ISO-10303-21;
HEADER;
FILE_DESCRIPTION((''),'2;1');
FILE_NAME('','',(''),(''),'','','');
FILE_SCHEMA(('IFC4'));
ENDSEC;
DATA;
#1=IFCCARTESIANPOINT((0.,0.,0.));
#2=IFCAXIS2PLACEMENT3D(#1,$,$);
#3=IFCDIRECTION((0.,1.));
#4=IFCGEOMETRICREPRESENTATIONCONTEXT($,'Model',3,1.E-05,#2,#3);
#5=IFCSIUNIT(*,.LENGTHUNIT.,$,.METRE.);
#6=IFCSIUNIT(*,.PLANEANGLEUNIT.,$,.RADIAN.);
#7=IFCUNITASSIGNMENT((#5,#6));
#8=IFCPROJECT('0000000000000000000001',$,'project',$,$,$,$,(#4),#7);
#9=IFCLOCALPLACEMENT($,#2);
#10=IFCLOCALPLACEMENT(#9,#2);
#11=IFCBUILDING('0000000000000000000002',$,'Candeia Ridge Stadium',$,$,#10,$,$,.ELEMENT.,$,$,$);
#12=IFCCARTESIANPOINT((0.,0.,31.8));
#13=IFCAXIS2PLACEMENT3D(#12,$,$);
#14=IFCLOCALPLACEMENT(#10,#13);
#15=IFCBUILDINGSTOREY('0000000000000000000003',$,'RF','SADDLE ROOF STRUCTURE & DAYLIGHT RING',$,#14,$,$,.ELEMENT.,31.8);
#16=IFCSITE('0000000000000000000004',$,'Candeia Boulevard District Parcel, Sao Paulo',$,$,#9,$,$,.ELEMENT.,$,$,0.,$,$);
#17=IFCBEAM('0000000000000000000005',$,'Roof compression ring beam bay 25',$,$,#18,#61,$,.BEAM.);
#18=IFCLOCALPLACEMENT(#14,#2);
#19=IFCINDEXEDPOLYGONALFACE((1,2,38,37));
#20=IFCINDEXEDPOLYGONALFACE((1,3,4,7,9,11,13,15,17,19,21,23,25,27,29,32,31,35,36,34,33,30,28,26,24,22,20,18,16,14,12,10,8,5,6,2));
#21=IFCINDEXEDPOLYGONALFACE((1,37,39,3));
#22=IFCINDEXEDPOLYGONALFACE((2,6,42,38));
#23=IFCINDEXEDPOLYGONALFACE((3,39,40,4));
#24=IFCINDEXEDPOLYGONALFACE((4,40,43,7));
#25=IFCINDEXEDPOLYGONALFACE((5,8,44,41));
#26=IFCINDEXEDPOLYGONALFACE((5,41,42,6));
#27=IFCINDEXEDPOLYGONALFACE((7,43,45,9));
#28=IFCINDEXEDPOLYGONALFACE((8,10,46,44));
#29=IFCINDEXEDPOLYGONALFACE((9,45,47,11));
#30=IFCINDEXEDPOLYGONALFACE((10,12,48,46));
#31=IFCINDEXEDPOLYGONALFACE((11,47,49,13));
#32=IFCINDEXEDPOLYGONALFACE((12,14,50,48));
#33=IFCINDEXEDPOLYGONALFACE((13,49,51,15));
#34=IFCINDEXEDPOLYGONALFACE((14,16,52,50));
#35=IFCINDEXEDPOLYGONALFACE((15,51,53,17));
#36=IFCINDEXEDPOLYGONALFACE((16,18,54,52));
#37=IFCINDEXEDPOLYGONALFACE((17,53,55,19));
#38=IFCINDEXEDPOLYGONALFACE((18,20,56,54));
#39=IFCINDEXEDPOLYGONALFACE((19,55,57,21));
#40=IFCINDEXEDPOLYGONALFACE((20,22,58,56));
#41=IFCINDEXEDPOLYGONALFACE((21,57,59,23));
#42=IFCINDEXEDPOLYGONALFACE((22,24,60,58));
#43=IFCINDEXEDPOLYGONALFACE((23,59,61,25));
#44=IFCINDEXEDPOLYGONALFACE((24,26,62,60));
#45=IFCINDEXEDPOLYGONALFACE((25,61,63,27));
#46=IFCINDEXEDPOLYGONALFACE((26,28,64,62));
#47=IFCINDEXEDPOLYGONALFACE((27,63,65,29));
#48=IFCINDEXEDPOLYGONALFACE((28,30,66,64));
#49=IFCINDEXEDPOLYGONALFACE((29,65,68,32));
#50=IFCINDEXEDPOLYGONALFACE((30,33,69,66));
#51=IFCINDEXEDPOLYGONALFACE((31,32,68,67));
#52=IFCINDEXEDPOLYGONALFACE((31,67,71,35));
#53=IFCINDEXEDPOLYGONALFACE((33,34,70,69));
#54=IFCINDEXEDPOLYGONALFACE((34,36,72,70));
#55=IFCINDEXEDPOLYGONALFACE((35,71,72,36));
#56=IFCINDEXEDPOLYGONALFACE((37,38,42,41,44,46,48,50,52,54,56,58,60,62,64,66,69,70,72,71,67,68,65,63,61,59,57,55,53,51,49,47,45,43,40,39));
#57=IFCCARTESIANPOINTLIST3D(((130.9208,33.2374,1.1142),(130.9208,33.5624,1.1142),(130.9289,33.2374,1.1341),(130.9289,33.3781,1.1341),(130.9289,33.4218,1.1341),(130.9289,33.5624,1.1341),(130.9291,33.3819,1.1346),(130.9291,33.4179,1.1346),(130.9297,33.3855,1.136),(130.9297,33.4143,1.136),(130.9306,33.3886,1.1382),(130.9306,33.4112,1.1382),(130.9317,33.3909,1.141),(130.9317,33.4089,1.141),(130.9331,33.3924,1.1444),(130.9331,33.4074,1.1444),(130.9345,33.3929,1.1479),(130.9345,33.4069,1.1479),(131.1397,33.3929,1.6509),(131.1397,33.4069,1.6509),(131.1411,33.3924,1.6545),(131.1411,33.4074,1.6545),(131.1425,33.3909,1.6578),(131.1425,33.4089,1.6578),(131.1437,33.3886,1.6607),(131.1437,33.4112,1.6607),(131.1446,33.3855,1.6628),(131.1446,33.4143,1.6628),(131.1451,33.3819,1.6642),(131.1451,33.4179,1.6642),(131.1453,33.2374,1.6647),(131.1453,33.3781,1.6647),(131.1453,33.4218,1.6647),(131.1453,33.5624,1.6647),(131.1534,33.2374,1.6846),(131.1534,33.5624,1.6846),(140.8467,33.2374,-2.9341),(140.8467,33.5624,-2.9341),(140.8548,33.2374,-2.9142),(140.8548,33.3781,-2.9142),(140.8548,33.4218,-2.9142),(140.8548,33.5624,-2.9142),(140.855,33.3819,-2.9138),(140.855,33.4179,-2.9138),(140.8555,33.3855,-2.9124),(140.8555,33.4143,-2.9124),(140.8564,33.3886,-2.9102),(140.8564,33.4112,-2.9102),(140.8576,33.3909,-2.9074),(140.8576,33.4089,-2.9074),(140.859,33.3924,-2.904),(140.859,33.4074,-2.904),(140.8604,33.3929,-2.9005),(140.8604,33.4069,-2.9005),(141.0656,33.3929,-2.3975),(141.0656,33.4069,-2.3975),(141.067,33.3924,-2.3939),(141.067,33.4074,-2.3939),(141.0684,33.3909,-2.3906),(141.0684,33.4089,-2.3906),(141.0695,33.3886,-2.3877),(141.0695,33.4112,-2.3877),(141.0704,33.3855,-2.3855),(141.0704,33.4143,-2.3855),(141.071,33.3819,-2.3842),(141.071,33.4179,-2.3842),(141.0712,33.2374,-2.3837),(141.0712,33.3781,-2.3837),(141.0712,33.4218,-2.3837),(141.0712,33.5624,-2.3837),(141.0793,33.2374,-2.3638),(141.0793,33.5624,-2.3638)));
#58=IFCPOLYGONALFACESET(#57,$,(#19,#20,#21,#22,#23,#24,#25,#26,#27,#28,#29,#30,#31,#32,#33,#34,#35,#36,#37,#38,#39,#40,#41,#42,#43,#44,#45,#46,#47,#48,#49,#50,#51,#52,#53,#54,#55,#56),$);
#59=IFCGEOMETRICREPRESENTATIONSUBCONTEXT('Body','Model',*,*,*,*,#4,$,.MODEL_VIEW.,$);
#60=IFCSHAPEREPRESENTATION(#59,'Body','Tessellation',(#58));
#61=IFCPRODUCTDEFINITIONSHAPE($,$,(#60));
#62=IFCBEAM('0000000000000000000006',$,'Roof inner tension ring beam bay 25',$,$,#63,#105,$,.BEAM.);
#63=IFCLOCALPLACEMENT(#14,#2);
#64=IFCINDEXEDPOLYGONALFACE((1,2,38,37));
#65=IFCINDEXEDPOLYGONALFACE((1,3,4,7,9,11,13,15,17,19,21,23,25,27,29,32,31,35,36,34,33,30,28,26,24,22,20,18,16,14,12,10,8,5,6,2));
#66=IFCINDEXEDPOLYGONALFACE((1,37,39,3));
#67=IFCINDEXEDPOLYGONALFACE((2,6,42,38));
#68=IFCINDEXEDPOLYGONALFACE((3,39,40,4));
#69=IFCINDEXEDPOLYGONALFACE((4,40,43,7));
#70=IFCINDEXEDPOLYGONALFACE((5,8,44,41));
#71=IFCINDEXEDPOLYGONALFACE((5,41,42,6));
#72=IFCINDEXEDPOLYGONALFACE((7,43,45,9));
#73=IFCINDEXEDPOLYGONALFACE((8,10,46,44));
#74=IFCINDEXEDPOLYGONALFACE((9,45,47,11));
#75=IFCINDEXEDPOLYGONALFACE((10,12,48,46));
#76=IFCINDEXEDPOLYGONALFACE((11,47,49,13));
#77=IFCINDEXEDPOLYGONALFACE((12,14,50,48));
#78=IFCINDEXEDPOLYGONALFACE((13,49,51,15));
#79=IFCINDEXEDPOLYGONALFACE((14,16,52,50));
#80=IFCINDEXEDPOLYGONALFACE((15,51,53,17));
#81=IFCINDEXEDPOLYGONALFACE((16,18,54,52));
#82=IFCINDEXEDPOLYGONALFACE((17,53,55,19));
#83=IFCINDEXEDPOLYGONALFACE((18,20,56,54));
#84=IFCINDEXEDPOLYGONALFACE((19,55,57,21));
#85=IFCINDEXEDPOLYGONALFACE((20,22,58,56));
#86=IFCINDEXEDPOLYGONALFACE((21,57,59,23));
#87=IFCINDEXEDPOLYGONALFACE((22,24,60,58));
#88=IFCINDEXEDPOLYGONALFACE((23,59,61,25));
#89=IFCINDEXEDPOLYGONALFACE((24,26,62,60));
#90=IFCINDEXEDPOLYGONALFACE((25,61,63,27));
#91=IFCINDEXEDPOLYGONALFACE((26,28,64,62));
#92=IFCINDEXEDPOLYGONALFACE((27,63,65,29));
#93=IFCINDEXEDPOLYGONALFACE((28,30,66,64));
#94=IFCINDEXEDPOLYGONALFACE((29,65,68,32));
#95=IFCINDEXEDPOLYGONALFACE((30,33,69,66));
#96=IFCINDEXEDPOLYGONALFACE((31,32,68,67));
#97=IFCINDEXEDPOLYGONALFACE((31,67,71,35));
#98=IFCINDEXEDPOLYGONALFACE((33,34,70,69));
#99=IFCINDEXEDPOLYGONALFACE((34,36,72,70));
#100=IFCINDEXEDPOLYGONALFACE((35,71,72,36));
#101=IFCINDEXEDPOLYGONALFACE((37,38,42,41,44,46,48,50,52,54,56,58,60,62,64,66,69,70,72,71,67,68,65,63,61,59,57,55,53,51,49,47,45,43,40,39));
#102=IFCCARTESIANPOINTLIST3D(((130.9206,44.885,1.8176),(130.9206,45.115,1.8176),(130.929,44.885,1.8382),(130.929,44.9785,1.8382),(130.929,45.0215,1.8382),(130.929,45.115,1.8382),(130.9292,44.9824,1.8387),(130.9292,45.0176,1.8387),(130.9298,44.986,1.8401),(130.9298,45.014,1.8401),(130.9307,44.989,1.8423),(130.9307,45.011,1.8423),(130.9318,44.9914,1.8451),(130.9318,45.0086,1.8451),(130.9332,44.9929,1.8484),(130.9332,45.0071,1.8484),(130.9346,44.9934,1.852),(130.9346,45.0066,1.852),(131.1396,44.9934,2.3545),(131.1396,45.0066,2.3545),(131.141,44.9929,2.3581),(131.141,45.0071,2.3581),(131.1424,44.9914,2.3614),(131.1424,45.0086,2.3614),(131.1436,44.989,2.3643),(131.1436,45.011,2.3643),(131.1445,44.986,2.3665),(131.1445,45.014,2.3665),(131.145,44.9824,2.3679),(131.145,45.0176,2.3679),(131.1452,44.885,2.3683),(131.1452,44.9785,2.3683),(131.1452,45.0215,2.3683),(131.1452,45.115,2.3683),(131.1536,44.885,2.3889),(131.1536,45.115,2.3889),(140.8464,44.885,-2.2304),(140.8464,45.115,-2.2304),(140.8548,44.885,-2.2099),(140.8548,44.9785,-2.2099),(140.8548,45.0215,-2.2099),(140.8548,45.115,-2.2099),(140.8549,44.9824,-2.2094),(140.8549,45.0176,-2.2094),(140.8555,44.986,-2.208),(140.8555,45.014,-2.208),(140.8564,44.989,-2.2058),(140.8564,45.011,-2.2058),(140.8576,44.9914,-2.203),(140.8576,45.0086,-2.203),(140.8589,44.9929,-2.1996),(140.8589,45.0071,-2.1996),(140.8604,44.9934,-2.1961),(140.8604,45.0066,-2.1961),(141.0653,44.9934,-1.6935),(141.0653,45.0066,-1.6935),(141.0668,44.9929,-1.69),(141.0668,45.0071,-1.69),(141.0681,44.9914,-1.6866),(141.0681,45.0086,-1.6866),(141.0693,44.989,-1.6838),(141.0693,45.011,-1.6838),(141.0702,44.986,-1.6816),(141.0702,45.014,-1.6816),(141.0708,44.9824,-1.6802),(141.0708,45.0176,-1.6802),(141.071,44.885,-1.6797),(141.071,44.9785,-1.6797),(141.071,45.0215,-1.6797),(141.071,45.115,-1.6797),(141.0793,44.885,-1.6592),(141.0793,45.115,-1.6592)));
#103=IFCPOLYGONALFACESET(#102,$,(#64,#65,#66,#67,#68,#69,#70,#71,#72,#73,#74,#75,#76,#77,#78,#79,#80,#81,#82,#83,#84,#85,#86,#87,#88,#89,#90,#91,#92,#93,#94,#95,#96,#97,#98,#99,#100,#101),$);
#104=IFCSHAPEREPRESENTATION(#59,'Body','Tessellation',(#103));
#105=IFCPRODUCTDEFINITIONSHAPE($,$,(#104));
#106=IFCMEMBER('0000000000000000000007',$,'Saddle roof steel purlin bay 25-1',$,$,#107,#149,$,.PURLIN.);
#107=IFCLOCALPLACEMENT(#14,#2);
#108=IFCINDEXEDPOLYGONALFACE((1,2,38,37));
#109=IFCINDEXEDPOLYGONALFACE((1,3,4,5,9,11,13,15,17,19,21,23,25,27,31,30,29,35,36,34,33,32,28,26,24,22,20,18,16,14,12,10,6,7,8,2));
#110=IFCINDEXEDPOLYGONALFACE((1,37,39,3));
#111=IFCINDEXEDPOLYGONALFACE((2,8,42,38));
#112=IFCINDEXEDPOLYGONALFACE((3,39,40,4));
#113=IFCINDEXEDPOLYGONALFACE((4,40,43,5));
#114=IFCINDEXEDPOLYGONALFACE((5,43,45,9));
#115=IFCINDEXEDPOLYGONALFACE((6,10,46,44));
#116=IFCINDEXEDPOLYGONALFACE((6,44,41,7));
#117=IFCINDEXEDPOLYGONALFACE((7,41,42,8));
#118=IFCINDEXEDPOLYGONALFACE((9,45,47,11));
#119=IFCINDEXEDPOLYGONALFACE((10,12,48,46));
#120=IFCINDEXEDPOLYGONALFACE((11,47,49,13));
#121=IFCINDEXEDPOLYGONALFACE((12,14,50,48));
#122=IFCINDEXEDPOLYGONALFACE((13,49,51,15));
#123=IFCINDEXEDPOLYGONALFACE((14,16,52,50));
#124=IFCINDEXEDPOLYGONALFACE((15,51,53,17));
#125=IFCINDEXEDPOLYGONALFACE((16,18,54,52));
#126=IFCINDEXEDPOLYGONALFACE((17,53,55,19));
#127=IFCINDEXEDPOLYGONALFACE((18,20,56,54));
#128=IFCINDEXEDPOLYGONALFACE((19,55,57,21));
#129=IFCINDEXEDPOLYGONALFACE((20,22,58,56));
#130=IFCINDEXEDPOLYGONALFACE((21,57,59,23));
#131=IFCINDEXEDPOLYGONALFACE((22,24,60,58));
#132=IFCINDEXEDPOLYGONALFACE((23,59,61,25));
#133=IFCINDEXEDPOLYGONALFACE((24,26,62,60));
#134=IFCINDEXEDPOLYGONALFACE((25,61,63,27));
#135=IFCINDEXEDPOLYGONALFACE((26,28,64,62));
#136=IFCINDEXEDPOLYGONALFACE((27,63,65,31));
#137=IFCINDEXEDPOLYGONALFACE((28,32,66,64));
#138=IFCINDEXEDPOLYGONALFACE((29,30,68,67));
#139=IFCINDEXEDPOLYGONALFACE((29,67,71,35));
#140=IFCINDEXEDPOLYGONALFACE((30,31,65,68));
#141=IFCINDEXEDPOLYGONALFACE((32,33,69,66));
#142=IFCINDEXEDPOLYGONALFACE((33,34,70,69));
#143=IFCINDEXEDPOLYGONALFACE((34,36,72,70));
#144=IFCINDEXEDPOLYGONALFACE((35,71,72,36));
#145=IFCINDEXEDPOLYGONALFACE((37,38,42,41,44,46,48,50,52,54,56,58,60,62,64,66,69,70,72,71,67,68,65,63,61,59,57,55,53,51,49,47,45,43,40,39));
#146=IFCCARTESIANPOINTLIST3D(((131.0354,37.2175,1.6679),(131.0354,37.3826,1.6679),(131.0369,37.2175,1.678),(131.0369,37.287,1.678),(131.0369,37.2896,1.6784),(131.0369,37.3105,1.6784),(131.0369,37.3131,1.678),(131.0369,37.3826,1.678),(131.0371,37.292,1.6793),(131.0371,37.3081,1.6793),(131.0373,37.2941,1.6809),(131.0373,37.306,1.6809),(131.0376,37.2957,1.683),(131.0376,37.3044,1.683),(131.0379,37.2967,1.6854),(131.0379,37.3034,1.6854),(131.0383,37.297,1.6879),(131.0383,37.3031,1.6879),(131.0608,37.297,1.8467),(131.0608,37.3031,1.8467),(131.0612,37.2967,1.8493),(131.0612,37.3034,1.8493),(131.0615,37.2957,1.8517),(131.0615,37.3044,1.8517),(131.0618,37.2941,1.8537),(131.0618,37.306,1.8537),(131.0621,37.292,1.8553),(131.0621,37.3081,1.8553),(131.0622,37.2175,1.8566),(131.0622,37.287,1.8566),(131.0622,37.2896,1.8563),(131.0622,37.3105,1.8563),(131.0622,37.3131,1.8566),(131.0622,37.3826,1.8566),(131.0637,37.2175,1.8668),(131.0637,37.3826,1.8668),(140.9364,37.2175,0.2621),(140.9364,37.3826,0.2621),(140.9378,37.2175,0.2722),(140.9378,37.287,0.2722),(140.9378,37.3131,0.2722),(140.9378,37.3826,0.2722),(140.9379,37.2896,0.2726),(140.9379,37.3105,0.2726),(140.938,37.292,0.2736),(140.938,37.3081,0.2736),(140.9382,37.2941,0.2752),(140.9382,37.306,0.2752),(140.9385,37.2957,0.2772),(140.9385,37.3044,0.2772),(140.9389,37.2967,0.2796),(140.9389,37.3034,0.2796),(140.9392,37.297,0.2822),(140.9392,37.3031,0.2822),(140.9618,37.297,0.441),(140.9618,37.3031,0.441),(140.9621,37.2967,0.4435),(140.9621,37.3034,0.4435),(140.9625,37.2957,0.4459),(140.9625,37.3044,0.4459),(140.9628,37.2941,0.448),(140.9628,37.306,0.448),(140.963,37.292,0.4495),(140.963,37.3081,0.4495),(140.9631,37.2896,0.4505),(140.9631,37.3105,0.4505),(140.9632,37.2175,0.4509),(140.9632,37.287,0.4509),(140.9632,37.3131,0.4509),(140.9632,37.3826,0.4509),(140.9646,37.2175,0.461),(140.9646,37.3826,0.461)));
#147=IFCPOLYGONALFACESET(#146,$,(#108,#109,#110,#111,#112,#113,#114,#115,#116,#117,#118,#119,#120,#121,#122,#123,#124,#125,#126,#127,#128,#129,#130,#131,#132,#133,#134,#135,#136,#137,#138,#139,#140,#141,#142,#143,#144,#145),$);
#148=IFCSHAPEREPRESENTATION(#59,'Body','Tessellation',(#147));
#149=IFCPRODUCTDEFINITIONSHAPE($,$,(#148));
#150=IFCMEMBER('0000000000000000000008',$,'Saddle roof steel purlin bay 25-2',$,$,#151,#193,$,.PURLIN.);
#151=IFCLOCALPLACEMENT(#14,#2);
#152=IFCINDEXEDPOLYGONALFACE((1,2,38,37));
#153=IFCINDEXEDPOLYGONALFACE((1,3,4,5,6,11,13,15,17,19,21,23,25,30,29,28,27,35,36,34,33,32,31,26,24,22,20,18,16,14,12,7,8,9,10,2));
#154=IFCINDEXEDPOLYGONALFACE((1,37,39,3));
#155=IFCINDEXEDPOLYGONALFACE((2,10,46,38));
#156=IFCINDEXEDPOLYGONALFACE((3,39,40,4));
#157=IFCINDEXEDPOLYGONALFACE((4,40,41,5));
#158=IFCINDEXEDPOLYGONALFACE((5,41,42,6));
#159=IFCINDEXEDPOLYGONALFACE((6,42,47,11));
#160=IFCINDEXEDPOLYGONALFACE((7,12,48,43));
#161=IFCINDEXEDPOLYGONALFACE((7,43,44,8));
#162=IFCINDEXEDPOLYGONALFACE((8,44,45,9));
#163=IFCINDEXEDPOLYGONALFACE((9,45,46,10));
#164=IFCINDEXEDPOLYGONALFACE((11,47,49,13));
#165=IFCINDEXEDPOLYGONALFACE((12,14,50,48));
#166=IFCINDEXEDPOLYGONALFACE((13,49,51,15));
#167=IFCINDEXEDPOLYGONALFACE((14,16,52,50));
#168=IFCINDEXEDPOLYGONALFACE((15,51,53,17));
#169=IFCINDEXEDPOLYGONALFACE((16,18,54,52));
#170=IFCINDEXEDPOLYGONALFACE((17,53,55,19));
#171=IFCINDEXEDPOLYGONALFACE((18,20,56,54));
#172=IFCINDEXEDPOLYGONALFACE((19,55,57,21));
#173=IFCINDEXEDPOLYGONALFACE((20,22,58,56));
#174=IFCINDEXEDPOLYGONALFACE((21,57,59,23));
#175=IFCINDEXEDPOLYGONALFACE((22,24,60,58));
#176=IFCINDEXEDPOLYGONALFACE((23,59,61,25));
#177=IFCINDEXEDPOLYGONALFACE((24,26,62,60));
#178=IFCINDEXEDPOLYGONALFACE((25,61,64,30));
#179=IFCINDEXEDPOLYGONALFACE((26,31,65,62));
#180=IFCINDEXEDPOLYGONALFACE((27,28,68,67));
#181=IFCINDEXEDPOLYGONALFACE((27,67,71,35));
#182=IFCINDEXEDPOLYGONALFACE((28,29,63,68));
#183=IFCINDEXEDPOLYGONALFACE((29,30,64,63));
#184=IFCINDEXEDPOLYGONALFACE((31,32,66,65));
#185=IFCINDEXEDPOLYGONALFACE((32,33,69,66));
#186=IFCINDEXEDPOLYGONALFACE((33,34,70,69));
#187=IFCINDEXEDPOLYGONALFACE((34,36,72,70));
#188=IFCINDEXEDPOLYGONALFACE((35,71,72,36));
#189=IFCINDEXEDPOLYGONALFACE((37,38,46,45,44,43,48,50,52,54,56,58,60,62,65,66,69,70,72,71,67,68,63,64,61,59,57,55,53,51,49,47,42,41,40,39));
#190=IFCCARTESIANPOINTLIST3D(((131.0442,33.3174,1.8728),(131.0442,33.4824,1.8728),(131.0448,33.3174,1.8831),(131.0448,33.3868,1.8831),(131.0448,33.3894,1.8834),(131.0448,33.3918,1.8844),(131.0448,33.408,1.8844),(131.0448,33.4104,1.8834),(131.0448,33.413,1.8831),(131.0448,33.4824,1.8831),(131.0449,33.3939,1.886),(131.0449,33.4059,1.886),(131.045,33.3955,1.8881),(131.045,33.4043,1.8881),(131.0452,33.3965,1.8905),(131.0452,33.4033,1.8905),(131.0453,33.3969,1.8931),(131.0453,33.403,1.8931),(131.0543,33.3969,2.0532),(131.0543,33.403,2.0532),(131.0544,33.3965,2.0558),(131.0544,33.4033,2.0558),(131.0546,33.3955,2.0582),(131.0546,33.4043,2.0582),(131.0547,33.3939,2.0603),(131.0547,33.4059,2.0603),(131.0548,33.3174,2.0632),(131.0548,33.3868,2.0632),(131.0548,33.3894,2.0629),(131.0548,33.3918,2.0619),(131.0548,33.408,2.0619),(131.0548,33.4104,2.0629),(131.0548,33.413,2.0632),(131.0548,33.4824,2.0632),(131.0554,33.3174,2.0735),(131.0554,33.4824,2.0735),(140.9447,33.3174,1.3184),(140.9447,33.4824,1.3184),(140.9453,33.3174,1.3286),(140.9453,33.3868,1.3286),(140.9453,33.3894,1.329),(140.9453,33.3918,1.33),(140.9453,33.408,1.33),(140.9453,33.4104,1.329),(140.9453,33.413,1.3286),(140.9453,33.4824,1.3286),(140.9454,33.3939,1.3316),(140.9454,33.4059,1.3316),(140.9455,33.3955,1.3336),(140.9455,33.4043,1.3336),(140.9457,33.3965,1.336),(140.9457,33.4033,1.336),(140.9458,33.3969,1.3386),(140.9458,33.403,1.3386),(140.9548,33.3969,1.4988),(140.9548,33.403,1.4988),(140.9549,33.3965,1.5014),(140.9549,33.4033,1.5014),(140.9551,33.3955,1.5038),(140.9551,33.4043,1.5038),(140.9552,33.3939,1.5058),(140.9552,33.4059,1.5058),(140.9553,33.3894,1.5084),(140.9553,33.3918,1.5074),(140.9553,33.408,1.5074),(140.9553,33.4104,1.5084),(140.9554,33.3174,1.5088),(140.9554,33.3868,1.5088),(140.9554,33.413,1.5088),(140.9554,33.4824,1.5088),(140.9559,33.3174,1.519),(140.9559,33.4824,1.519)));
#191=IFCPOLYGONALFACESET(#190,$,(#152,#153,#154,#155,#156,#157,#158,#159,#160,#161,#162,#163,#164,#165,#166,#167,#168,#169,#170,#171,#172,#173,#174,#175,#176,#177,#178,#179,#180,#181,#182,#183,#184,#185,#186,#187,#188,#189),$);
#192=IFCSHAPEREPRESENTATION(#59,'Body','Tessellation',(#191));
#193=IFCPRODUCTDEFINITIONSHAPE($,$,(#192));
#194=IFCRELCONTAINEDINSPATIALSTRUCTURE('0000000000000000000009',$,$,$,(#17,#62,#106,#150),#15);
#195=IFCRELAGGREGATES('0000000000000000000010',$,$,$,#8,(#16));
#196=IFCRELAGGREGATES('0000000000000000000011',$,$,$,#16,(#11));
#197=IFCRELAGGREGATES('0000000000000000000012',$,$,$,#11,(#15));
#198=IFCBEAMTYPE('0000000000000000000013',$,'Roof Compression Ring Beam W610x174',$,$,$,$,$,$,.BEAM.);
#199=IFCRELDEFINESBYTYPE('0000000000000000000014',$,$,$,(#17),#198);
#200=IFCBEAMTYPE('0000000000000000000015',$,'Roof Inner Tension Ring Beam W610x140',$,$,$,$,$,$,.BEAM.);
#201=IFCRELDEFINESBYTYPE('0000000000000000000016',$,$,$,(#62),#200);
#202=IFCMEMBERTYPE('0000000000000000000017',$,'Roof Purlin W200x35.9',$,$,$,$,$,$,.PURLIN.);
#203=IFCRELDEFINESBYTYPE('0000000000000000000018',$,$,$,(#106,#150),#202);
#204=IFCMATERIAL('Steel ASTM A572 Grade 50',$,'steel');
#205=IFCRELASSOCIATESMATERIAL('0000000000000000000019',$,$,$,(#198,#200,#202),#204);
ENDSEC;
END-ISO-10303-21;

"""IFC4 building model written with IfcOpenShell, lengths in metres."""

from ifc_helpers import new_model, si_unit, direction, frame, origin, origin_2d, place, context, subcontext, project, spatial, i_section, extrude, material, material_profile, profile_set, type_object, element, save


model = new_model("IFC4")

# Units and contexts
model_context = context("Model", 3, precision=1e-05, world=origin(), true_north=direction((0.0, 1.0)))
body_context = subcontext(model_context, "Body", "Model", "MODEL_VIEW")
ifc_project = project(units=[si_unit("LENGTHUNIT", "METRE"), si_unit("PLANEANGLEUNIT", "RADIAN")], contexts=[model_context])

# Site, building, storey
site_placement = place(None, origin())
site = spatial("IfcSite", under=ifc_project, at=site_placement, Name="Candeia Boulevard District Parcel, Sao Paulo", CompositionType="ELEMENT", RefElevation=0.0)
building_placement = place(site_placement, origin())
building = spatial("IfcBuilding", under=site, at=building_placement, Name="Candeia Ridge Stadium", CompositionType="ELEMENT")
storey_placement = place(building_placement, frame((0.0, 0.0, 31.8)))
storey = spatial("IfcBuildingStorey", under=building, at=storey_placement, Name="RF", Description="SADDLE ROOF STRUCTURE & DAYLIGHT RING", CompositionType="ELEMENT", Elevation=31.8)

# Beams
ifc_material_1 = material(Name="Steel ASTM A572 Grade 50", Category="steel")
ifc_material_profile_1 = material_profile(ifc_material_1, i_section(OverallWidth=0.325, OverallDepth=0.616, WebThickness=0.0139, FlangeThickness=0.0215, FilletRadius=0.0149, at=origin_2d()), Name="W610x174", Category="steel")
ifc_profile_set_1 = profile_set([ifc_material_profile_1], Name="Steel ASTM A572 Grade 50")
beam_type_1 = type_object("IfcBeamType", Name="Roof Compression Ring Beam W610x174", PredefinedType="BEAM", material=ifc_profile_set_1)
beam_1_placement = place(storey_placement, frame((131.0371, 33.3999, 1.3994), z_axis=(0.925946, 0.0, -0.377657), x_axis=(0.0, 1.0, 0.0)))
element("IfcBeam", 1, at=beam_1_placement, inside=storey, type_object=beam_type_1, Name="Roof compression ring beam bay 25", PredefinedType="BEAM", context=body_context, shape_type="SweptSolid", body=[
    extrude(i_section(OverallWidth=0.325, OverallDepth=0.616, WebThickness=0.0139, FlangeThickness=0.0215, FilletRadius=0.0149, at=origin_2d()), origin(), (0.0, 0.0, 1.0), 10.7197),
])
ifc_material_profile_2 = material_profile(ifc_material_1, i_section(OverallWidth=0.23, OverallDepth=0.6169, WebThickness=0.0132, FlangeThickness=0.0222, FilletRadius=0.0149, at=origin_2d()), Name="W610x140", Category="steel")
ifc_profile_set_2 = profile_set([ifc_material_profile_2], Name="Steel ASTM A572 Grade 50")
beam_type_2 = type_object("IfcBeamType", Name="Roof Inner Tension Ring Beam W610x140", PredefinedType="BEAM", material=ifc_profile_set_2)
beam_2_placement = place(storey_placement, frame((131.0371, 45.0, 2.1033), z_axis=(0.925953, 0.0, -0.377638), x_axis=(0.0, 1.0, 0.0)))
element("IfcBeam", 2, at=beam_2_placement, inside=storey, type_object=beam_type_2, Name="Roof inner tension ring beam bay 25", PredefinedType="BEAM", context=body_context, shape_type="SweptSolid", body=[
    extrude(i_section(OverallWidth=0.23, OverallDepth=0.6169, WebThickness=0.0132, FlangeThickness=0.0222, FilletRadius=0.0149, at=origin_2d()), origin(), (0.0, 0.0, 1.0), 10.7195),
])

# Members
ifc_material_profile_3 = material_profile(ifc_material_1, i_section(OverallWidth=0.165, OverallDepth=0.2009, WebThickness=0.0061, FlangeThickness=0.0103, FilletRadius=0.01, at=origin_2d()), Name="W200x35.9", Category="steel")
ifc_profile_set_3 = profile_set([ifc_material_profile_3], Name="Steel ASTM A572 Grade 50")
member_type_1 = type_object("IfcMemberType", Name="Roof Purlin W200x35.9", PredefinedType="PURLIN", material=ifc_profile_set_3)
member_1_placement = place(storey_placement, frame((131.0496, 37.3, 1.7673), z_axis=(0.99007, 0.0, -0.140574), x_axis=(0.0, 1.0, 0.0)))
element("IfcMember", 3, at=member_1_placement, inside=storey, type_object=member_type_1, Name="Saddle roof steel purlin bay 25-1", PredefinedType="PURLIN", context=body_context, shape_type="SweptSolid", body=[
    extrude(i_section(OverallWidth=0.165, OverallDepth=0.2009, WebThickness=0.0061, FlangeThickness=0.0103, FilletRadius=0.01, at=origin_2d()), origin(), (0.0, 0.0, 1.0), 10.0002),
])
member_2_placement = place(storey_placement, frame((131.0498, 33.3999, 1.9731), z_axis=(0.998436, 0.0, -0.055915), x_axis=(0.0, 1.0, 0.0)))
element("IfcMember", 4, at=member_2_placement, inside=storey, type_object=member_type_1, Name="Saddle roof steel purlin bay 25-2", PredefinedType="PURLIN", context=body_context, shape_type="SweptSolid", body=[
    extrude(i_section(OverallWidth=0.165, OverallDepth=0.2009, WebThickness=0.0061, FlangeThickness=0.0103, FilletRadius=0.01, at=origin_2d()), origin(), (0.0, 0.0, 1.0), 9.916),
])

save(model, "model.ifc")
